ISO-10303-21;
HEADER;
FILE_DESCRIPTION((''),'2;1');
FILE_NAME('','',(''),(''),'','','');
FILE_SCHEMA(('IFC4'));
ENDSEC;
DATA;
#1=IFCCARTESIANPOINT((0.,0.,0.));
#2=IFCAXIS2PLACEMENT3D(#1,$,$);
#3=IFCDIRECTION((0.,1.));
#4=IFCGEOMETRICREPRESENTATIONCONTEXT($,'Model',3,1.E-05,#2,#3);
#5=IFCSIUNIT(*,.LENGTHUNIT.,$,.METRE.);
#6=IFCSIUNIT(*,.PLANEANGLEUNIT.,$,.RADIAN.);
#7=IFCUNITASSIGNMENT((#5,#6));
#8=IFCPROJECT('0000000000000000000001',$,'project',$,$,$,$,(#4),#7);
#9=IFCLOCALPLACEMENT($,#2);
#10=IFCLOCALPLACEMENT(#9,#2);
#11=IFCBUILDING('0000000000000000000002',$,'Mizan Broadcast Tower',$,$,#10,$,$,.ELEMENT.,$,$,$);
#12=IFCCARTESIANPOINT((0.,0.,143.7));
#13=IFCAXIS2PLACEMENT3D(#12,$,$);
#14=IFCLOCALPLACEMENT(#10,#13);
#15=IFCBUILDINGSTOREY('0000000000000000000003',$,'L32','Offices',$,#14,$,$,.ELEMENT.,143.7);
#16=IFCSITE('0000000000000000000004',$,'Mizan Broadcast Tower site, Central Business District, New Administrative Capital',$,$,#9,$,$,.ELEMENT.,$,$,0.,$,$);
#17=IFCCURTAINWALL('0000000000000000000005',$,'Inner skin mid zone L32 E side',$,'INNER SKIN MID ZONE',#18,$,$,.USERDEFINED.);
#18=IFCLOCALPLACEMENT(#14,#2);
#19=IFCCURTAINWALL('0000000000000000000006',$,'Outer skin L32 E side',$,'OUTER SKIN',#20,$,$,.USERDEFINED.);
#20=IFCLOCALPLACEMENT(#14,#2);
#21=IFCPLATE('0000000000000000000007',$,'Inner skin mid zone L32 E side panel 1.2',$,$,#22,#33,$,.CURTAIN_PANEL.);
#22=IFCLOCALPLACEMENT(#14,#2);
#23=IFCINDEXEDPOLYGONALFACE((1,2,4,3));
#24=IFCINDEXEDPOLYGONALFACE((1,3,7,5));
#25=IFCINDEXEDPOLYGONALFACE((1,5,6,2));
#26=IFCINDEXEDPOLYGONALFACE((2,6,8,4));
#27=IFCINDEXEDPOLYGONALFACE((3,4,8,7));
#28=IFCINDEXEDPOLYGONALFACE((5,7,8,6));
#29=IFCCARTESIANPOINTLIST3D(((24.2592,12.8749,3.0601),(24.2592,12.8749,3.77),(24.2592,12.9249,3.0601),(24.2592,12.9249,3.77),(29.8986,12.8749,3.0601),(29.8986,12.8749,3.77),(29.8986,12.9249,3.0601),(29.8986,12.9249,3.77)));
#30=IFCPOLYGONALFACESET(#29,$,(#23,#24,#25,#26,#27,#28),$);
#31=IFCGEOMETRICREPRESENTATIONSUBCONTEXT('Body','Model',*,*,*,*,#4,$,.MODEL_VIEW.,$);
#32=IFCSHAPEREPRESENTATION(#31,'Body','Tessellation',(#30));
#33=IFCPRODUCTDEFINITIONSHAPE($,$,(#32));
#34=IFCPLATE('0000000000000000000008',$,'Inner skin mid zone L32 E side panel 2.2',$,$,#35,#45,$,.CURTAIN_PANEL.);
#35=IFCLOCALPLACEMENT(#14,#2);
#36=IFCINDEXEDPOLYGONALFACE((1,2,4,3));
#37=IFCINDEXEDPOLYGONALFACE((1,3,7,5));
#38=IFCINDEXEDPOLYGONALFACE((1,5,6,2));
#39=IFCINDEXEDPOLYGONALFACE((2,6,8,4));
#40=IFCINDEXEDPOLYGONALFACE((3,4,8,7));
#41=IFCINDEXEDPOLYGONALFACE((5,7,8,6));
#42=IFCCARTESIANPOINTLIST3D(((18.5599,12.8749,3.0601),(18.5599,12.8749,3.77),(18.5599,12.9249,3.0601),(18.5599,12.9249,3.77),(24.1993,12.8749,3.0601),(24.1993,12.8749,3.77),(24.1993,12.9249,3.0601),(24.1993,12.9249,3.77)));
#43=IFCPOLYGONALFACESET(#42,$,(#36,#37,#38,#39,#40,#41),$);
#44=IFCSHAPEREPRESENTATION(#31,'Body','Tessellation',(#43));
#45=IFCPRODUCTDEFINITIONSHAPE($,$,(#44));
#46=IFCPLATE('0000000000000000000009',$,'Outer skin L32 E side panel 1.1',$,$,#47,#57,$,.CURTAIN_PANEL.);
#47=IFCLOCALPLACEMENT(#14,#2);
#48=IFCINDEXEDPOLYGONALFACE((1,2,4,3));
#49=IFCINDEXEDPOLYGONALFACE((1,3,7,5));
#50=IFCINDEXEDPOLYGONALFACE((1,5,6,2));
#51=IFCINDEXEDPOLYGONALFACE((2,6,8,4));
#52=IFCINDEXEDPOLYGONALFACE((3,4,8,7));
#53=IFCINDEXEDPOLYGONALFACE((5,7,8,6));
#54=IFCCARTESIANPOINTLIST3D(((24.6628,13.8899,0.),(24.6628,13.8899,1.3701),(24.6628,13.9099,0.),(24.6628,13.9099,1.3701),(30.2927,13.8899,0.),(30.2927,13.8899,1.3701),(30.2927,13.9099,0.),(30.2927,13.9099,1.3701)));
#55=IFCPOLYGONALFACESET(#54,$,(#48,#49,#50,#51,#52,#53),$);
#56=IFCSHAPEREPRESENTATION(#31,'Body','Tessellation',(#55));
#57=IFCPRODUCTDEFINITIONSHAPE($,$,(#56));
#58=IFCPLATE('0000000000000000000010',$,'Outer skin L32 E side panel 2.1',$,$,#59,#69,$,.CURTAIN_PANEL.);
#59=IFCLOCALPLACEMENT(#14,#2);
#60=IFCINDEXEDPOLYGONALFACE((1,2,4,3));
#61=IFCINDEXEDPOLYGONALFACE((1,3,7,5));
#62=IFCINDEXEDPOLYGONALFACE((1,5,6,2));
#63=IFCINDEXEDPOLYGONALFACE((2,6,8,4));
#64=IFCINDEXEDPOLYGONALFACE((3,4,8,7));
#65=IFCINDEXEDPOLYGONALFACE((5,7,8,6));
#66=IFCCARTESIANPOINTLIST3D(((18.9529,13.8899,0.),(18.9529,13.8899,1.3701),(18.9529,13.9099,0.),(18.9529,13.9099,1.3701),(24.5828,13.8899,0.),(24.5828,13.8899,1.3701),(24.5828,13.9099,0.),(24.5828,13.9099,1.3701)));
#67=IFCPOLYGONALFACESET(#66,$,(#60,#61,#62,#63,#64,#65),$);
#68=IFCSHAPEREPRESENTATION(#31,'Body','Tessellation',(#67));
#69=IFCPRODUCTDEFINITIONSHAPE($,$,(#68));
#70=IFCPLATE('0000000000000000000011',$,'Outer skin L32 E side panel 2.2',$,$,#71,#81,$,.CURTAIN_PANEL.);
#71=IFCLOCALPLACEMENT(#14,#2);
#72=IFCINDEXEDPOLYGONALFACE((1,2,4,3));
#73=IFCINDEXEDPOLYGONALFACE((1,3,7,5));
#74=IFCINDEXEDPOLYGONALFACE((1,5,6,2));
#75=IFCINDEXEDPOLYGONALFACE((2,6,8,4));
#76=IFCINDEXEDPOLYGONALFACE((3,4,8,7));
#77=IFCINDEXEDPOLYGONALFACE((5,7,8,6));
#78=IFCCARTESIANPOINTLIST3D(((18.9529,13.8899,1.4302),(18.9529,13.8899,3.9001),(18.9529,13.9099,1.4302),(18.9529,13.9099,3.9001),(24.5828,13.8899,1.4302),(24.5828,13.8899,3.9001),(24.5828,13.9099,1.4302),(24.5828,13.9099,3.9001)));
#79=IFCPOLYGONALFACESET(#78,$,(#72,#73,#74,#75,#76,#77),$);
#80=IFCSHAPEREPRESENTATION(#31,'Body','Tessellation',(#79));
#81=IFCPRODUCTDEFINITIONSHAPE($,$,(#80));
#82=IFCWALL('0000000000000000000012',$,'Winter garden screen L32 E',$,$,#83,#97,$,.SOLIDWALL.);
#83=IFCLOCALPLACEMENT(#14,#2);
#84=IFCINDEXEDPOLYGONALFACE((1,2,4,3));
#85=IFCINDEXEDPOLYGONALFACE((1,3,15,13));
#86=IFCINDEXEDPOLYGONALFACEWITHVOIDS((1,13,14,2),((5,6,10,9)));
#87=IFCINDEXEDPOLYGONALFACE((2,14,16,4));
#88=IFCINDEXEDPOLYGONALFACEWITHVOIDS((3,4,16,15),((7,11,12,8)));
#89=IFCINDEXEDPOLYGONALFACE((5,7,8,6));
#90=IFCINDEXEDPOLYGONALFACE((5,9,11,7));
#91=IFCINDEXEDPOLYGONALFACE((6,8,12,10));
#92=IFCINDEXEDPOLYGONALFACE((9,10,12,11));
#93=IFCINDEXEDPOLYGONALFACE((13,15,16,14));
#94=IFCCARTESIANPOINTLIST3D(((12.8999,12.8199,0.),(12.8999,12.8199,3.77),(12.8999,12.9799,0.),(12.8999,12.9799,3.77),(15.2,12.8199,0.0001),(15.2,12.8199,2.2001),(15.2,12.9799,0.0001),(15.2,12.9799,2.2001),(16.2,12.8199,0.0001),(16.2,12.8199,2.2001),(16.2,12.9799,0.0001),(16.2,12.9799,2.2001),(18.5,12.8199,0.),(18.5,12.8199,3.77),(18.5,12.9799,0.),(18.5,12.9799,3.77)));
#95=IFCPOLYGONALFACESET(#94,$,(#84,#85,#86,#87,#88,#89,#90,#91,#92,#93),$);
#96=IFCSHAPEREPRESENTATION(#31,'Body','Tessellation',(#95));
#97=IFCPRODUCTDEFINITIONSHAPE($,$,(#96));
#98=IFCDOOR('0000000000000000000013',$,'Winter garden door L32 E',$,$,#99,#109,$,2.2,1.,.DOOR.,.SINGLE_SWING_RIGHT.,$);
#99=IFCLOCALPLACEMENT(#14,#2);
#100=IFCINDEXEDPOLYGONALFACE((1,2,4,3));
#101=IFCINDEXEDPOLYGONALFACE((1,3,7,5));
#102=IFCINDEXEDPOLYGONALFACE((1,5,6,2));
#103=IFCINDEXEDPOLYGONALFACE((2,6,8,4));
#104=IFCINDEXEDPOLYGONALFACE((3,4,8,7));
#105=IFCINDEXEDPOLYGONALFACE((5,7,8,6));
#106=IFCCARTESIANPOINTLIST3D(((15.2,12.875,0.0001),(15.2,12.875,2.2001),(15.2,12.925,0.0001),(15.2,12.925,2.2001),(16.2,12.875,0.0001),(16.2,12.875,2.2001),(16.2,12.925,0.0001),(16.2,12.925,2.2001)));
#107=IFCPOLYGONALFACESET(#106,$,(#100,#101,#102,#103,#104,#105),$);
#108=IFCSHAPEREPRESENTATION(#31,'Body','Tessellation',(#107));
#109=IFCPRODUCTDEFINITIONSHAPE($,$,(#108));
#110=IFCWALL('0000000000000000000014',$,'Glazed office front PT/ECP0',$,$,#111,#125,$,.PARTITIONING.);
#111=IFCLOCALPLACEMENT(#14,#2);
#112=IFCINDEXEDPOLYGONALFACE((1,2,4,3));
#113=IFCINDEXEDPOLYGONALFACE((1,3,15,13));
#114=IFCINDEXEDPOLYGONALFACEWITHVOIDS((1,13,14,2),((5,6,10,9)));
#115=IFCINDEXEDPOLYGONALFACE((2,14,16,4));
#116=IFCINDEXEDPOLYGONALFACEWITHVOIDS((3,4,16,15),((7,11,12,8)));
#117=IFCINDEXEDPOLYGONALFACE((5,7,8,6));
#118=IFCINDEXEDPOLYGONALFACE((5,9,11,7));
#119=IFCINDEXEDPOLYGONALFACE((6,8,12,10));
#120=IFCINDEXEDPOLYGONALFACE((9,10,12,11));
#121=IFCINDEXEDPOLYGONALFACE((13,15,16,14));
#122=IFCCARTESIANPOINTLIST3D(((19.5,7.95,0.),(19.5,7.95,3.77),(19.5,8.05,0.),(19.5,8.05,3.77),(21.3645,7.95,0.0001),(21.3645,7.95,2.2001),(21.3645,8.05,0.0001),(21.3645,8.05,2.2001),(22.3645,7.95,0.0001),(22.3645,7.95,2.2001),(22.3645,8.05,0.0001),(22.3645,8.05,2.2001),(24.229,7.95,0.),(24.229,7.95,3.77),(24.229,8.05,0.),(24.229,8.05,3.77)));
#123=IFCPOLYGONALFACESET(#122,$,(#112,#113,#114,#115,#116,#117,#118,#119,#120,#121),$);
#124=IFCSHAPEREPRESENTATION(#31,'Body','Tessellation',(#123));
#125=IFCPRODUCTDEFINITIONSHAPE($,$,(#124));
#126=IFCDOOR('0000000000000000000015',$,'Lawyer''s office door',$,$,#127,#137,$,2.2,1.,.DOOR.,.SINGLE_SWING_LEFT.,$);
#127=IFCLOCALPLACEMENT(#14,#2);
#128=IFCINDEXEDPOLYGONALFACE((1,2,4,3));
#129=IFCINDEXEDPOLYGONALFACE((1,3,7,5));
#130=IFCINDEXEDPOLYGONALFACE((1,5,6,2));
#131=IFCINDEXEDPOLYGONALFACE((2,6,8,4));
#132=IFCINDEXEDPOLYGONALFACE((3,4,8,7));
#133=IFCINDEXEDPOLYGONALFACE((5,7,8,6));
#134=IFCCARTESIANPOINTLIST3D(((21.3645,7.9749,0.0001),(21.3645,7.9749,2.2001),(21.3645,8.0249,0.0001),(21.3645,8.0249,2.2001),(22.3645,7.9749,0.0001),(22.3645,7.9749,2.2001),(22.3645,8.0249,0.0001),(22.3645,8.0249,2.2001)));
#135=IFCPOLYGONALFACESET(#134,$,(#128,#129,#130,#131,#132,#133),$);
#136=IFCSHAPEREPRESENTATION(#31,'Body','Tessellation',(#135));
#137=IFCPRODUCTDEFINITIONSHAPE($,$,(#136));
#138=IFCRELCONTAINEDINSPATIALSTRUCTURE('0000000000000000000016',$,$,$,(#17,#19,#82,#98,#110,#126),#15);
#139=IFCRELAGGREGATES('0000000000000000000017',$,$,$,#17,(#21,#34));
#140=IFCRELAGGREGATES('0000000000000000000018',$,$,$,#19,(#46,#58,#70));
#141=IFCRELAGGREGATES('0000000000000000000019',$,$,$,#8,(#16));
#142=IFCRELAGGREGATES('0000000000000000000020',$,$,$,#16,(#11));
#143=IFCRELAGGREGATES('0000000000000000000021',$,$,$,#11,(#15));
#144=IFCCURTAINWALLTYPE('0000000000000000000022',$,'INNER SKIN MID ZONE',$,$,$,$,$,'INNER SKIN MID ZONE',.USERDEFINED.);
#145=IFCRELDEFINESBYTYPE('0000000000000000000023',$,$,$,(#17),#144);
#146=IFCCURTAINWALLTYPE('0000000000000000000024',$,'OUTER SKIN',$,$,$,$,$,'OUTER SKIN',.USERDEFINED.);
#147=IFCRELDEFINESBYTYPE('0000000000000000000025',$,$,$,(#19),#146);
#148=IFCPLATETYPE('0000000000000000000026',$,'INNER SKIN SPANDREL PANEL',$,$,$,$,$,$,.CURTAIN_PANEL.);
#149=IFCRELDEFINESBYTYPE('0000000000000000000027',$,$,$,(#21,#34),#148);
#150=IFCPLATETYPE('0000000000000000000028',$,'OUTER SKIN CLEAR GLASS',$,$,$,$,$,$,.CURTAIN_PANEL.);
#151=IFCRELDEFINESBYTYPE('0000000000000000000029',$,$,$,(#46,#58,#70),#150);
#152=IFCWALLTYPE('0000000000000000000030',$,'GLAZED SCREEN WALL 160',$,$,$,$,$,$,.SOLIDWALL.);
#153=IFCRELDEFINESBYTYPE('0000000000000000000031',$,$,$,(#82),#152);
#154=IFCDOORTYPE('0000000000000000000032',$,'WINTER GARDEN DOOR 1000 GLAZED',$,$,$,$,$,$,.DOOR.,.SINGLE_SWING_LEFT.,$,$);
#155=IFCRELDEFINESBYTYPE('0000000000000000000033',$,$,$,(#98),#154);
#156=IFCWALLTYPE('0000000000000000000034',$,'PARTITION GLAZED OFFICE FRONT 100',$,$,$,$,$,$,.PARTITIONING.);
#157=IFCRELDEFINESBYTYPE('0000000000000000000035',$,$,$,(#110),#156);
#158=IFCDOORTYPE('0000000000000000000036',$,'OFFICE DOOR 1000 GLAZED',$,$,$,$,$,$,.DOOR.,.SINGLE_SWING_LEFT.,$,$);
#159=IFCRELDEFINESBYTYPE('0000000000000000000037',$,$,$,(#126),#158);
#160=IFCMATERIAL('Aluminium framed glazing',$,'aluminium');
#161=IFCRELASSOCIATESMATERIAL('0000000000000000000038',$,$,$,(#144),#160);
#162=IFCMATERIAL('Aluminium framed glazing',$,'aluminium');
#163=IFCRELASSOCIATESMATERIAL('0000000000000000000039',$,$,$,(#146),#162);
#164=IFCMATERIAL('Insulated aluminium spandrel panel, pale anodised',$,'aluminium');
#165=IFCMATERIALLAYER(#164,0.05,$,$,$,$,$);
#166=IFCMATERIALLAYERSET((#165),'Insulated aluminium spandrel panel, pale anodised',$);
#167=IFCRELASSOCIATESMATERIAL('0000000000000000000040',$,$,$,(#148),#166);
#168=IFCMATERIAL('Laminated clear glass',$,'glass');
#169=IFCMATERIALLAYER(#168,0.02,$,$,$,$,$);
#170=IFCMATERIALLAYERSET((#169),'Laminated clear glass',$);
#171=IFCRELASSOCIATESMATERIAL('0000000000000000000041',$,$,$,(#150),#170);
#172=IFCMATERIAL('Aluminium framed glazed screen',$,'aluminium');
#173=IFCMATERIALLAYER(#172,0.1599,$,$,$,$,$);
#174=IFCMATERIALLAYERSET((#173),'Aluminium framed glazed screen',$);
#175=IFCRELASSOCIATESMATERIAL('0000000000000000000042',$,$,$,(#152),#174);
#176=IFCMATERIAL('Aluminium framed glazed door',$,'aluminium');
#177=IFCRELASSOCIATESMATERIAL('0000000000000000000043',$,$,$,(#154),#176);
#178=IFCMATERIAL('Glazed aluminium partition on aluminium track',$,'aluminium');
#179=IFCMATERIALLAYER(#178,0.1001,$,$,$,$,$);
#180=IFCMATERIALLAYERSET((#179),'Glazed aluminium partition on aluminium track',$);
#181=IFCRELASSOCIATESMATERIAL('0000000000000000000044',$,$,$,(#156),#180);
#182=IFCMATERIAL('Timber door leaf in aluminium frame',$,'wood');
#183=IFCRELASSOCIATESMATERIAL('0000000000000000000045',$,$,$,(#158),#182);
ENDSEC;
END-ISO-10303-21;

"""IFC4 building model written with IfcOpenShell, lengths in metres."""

from ifc_helpers import new_model, si_unit, direction, frame, frame_2d, origin, origin_2d, place, context, subcontext, project, spatial, rectangle, extrude, material, layer, layer_set, type_object, element, fill, aggregate, save


model = new_model("IFC4")

# Units and contexts
model_context = context("Model", 3, precision=1e-05, world=origin(), true_north=direction((0.0, 1.0)))
body_context = subcontext(model_context, "Body", "Model", "MODEL_VIEW")
ifc_project = project(units=[si_unit("LENGTHUNIT", "METRE"), si_unit("PLANEANGLEUNIT", "RADIAN")], contexts=[model_context])

# Site, building, storey
site_placement = place(None, origin())
site = spatial("IfcSite", under=ifc_project, at=site_placement, Name="Mizan Broadcast Tower site, Central Business District, New Administrative Capital", CompositionType="ELEMENT", RefElevation=0.0)
building_placement = place(site_placement, origin())
building = spatial("IfcBuilding", under=site, at=building_placement, Name="Mizan Broadcast Tower", CompositionType="ELEMENT")
storey_placement = place(building_placement, frame((0.0, 0.0, 143.7)))
storey = spatial("IfcBuildingStorey", under=building, at=storey_placement, Name="L32", Description="Offices", CompositionType="ELEMENT", Elevation=143.7)

# Curtain walls
ifc_material_1 = material(Name="Aluminium framed glazing", Category="aluminium")
curtain_wall_type_1 = type_object("IfcCurtainWallType", Name="INNER SKIN MID ZONE", ElementType="INNER SKIN MID ZONE", PredefinedType="USERDEFINED", material=ifc_material_1)
curtain_wall_1_placement = place(storey_placement, origin())
curtain_wall_1 = element("IfcCurtainWall", 1, at=curtain_wall_1_placement, inside=storey, type_object=curtain_wall_type_1, Name="Inner skin mid zone L32 E side", ObjectType="INNER SKIN MID ZONE", PredefinedType="USERDEFINED")
ifc_material_2 = material(Name="Aluminium framed glazing", Category="aluminium")
curtain_wall_type_2 = type_object("IfcCurtainWallType", Name="OUTER SKIN", ElementType="OUTER SKIN", PredefinedType="USERDEFINED", material=ifc_material_2)
curtain_wall_2_placement = place(storey_placement, origin())
curtain_wall_2 = element("IfcCurtainWall", 2, at=curtain_wall_2_placement, inside=storey, type_object=curtain_wall_type_2, Name="Outer skin L32 E side", ObjectType="OUTER SKIN", PredefinedType="USERDEFINED")

# Plates
ifc_material_3 = material(Name="Insulated aluminium spandrel panel, pale anodised", Category="aluminium")
ifc_layer_1 = layer(ifc_material_3, 0.05)
ifc_layer_set_1 = layer_set([ifc_layer_1], Name="Insulated aluminium spandrel panel, pale anodised")
plate_type_1 = type_object("IfcPlateType", Name="INNER SKIN SPANDREL PANEL", PredefinedType="CURTAIN_PANEL", material=ifc_layer_set_1)
plate_1_placement = place(storey_placement, frame((27.0789, 12.8999, 3.0601), z_axis=(0.0, 0.0, 1.0), x_axis=(-1.0, 0.0, 0.0)))
plate_1 = element("IfcPlate", 3, at=plate_1_placement, type_object=plate_type_1, Name="Inner skin mid zone L32 E side panel 1.2", PredefinedType="CURTAIN_PANEL", context=body_context, shape_type="SweptSolid", body=[
    extrude(rectangle(XDim=5.6394, YDim=0.05, at=origin_2d()), origin(), (0.0, 0.0, 1.0), 0.71),
])
plate_2_placement = place(storey_placement, frame((21.3796, 12.8999, 3.0601), z_axis=(0.0, 0.0, 1.0), x_axis=(-1.0, 0.0, 0.0)))
plate_2 = element("IfcPlate", 4, at=plate_2_placement, type_object=plate_type_1, Name="Inner skin mid zone L32 E side panel 2.2", PredefinedType="CURTAIN_PANEL", context=body_context, shape_type="SweptSolid", body=[
    extrude(rectangle(XDim=5.6394, YDim=0.05, at=origin_2d()), origin(), (0.0, 0.0, 1.0), 0.71),
])
aggregate(curtain_wall_1, [plate_1, plate_2])
ifc_material_4 = material(Name="Laminated clear glass", Category="glass")
ifc_layer_2 = layer(ifc_material_4, 0.02)
ifc_layer_set_2 = layer_set([ifc_layer_2], Name="Laminated clear glass")
plate_type_2 = type_object("IfcPlateType", Name="OUTER SKIN CLEAR GLASS", PredefinedType="CURTAIN_PANEL", material=ifc_layer_set_2)
plate_3_placement = place(storey_placement, frame((27.4778, 13.8999, 0.0), z_axis=(0.0, 0.0, 1.0), x_axis=(-1.0, 0.0, 0.0)))
plate_3 = element("IfcPlate", 5, at=plate_3_placement, type_object=plate_type_2, Name="Outer skin L32 E side panel 1.1", PredefinedType="CURTAIN_PANEL", context=body_context, shape_type="SweptSolid", body=[
    extrude(rectangle(XDim=5.6299, YDim=0.02, at=origin_2d()), origin(), (0.0, 0.0, 1.0), 1.3701),
])
plate_4_placement = place(storey_placement, frame((21.7678, 13.8999, 0.0), z_axis=(0.0, 0.0, 1.0), x_axis=(-1.0, 0.0, 0.0)))
plate_4 = element("IfcPlate", 6, at=plate_4_placement, type_object=plate_type_2, Name="Outer skin L32 E side panel 2.1", PredefinedType="CURTAIN_PANEL", context=body_context, shape_type="SweptSolid", body=[
    extrude(rectangle(XDim=5.6299, YDim=0.02, at=origin_2d()), origin(), (0.0, 0.0, 1.0), 1.3701),
])
plate_5_placement = place(storey_placement, frame((21.7678, 13.8999, 1.4302), z_axis=(0.0, 0.0, 1.0), x_axis=(-1.0, 0.0, 0.0)))
plate_5 = element("IfcPlate", 7, at=plate_5_placement, type_object=plate_type_2, Name="Outer skin L32 E side panel 2.2", PredefinedType="CURTAIN_PANEL", context=body_context, shape_type="SweptSolid", body=[
    extrude(rectangle(XDim=5.6299, YDim=0.02, at=origin_2d()), origin(), (0.0, 0.0, 1.0), 2.47),
])
aggregate(curtain_wall_2, [plate_3, plate_4, plate_5])

# Walls, openings, doors
ifc_material_5 = material(Name="Aluminium framed glazed screen", Category="aluminium")
ifc_layer_3 = layer(ifc_material_5, 0.1599)
ifc_layer_set_3 = layer_set([ifc_layer_3], Name="Aluminium framed glazed screen")
wall_type_1 = type_object("IfcWallType", Name="GLAZED SCREEN WALL 160", PredefinedType="SOLIDWALL", material=ifc_layer_set_3)
wall_1_placement = place(storey_placement, frame((18.5, 12.8999, 0.0), z_axis=(0.0, 0.0, 1.0), x_axis=(-1.0, 0.0, 0.0)))
wall_1 = element("IfcWall", 8, at=wall_1_placement, inside=storey, type_object=wall_type_1, Name="Winter garden screen L32 E", PredefinedType="SOLIDWALL", context=body_context, shape_type="SweptSolid", body=[
    extrude(rectangle(XDim=5.6001, YDim=0.1599, at=frame_2d((2.8, 0.0))), origin(), (0.0, 0.0, 1.0), 3.77),
])
opening_1_placement = place(wall_1_placement, frame((2.3, 0.0, 0.0)))
opening_1 = element("IfcOpeningElement", 9, at=opening_1_placement, cuts=wall_1, PredefinedType="OPENING", context=body_context, shape_type="SweptSolid", body=[
    extrude(rectangle(XDim=1.0, YDim=2.2, at=frame_2d((0.5, 1.1001))), frame((0.0, 0.0898, 0.0), z_axis=(0.0, -1.0, 0.0), x_axis=(1.0, 0.0, 0.0)), (0.0, 0.0, 1.0), 0.1799),
])
ifc_material_6 = material(Name="Aluminium framed glazed door", Category="aluminium")
door_type_1 = type_object("IfcDoorType", Name="WINTER GARDEN DOOR 1000 GLAZED", OperationType="SINGLE_SWING_LEFT", PredefinedType="DOOR", material=ifc_material_6)
door_1_placement = place(opening_1_placement, origin())
door_1 = element("IfcDoor", 10, at=door_1_placement, inside=storey, type_object=door_type_1, Name="Winter garden door L32 E", OperationType="SINGLE_SWING_RIGHT", OverallHeight=2.2, OverallWidth=1.0, PredefinedType="DOOR", context=body_context, shape_type="SweptSolid", body=[
    extrude(rectangle(XDim=1.0, YDim=2.2, at=frame_2d((0.5, 1.1001))), frame((0.0, 0.0249, 0.0), z_axis=(0.0, -1.0, 0.0), x_axis=(1.0, 0.0, 0.0)), (0.0, 0.0, 1.0), 0.05),
])
fill(opening_1, door_1)
ifc_material_7 = material(Name="Glazed aluminium partition on aluminium track", Category="aluminium")
ifc_layer_4 = layer(ifc_material_7, 0.1001)
ifc_layer_set_4 = layer_set([ifc_layer_4], Name="Glazed aluminium partition on aluminium track")
wall_type_2 = type_object("IfcWallType", Name="PARTITION GLAZED OFFICE FRONT 100", PredefinedType="PARTITIONING", material=ifc_layer_set_4)
wall_2_placement = place(storey_placement, frame((19.5, 8.0, 0.0), z_axis=(0.0, 0.0, 1.0), x_axis=(1.0, 0.0, 0.0)))
wall_2 = element("IfcWall", 11, at=wall_2_placement, inside=storey, type_object=wall_type_2, Name="Glazed office front PT/ECP0", PredefinedType="PARTITIONING", context=body_context, shape_type="SweptSolid", body=[
    extrude(rectangle(XDim=4.729, YDim=0.1001, at=frame_2d((2.3645, 0.0))), origin(), (0.0, 0.0, 1.0), 3.77),
])
opening_2_placement = place(wall_2_placement, frame((1.8645, 0.0, 0.0)))
opening_2 = element("IfcOpeningElement", 12, at=opening_2_placement, cuts=wall_2, PredefinedType="OPENING", context=body_context, shape_type="SweptSolid", body=[
    extrude(rectangle(XDim=1.0, YDim=2.2, at=frame_2d((0.5, 1.1001))), frame((0.0, 0.0601, 0.0), z_axis=(0.0, -1.0, 0.0), x_axis=(1.0, 0.0, 0.0)), (0.0, 0.0, 1.0), 0.1201),
])
ifc_material_8 = material(Name="Timber door leaf in aluminium frame", Category="wood")
door_type_2 = type_object("IfcDoorType", Name="OFFICE DOOR 1000 GLAZED", OperationType="SINGLE_SWING_LEFT", PredefinedType="DOOR", material=ifc_material_8)
door_2_placement = place(opening_2_placement, origin())
door_2 = element("IfcDoor", 13, at=door_2_placement, inside=storey, type_object=door_type_2, Name="Lawyer's office door", OperationType="SINGLE_SWING_LEFT", OverallHeight=2.2, OverallWidth=1.0, PredefinedType="DOOR", context=body_context, shape_type="SweptSolid", body=[
    extrude(rectangle(XDim=1.0, YDim=2.2, at=frame_2d((0.5, 1.1001))), frame((0.0, 0.0249, 0.0), z_axis=(0.0, -1.0, 0.0), x_axis=(1.0, 0.0, 0.0)), (0.0, 0.0, 1.0), 0.05),
])
fill(opening_2, door_2)

save(model, "model.ifc")
